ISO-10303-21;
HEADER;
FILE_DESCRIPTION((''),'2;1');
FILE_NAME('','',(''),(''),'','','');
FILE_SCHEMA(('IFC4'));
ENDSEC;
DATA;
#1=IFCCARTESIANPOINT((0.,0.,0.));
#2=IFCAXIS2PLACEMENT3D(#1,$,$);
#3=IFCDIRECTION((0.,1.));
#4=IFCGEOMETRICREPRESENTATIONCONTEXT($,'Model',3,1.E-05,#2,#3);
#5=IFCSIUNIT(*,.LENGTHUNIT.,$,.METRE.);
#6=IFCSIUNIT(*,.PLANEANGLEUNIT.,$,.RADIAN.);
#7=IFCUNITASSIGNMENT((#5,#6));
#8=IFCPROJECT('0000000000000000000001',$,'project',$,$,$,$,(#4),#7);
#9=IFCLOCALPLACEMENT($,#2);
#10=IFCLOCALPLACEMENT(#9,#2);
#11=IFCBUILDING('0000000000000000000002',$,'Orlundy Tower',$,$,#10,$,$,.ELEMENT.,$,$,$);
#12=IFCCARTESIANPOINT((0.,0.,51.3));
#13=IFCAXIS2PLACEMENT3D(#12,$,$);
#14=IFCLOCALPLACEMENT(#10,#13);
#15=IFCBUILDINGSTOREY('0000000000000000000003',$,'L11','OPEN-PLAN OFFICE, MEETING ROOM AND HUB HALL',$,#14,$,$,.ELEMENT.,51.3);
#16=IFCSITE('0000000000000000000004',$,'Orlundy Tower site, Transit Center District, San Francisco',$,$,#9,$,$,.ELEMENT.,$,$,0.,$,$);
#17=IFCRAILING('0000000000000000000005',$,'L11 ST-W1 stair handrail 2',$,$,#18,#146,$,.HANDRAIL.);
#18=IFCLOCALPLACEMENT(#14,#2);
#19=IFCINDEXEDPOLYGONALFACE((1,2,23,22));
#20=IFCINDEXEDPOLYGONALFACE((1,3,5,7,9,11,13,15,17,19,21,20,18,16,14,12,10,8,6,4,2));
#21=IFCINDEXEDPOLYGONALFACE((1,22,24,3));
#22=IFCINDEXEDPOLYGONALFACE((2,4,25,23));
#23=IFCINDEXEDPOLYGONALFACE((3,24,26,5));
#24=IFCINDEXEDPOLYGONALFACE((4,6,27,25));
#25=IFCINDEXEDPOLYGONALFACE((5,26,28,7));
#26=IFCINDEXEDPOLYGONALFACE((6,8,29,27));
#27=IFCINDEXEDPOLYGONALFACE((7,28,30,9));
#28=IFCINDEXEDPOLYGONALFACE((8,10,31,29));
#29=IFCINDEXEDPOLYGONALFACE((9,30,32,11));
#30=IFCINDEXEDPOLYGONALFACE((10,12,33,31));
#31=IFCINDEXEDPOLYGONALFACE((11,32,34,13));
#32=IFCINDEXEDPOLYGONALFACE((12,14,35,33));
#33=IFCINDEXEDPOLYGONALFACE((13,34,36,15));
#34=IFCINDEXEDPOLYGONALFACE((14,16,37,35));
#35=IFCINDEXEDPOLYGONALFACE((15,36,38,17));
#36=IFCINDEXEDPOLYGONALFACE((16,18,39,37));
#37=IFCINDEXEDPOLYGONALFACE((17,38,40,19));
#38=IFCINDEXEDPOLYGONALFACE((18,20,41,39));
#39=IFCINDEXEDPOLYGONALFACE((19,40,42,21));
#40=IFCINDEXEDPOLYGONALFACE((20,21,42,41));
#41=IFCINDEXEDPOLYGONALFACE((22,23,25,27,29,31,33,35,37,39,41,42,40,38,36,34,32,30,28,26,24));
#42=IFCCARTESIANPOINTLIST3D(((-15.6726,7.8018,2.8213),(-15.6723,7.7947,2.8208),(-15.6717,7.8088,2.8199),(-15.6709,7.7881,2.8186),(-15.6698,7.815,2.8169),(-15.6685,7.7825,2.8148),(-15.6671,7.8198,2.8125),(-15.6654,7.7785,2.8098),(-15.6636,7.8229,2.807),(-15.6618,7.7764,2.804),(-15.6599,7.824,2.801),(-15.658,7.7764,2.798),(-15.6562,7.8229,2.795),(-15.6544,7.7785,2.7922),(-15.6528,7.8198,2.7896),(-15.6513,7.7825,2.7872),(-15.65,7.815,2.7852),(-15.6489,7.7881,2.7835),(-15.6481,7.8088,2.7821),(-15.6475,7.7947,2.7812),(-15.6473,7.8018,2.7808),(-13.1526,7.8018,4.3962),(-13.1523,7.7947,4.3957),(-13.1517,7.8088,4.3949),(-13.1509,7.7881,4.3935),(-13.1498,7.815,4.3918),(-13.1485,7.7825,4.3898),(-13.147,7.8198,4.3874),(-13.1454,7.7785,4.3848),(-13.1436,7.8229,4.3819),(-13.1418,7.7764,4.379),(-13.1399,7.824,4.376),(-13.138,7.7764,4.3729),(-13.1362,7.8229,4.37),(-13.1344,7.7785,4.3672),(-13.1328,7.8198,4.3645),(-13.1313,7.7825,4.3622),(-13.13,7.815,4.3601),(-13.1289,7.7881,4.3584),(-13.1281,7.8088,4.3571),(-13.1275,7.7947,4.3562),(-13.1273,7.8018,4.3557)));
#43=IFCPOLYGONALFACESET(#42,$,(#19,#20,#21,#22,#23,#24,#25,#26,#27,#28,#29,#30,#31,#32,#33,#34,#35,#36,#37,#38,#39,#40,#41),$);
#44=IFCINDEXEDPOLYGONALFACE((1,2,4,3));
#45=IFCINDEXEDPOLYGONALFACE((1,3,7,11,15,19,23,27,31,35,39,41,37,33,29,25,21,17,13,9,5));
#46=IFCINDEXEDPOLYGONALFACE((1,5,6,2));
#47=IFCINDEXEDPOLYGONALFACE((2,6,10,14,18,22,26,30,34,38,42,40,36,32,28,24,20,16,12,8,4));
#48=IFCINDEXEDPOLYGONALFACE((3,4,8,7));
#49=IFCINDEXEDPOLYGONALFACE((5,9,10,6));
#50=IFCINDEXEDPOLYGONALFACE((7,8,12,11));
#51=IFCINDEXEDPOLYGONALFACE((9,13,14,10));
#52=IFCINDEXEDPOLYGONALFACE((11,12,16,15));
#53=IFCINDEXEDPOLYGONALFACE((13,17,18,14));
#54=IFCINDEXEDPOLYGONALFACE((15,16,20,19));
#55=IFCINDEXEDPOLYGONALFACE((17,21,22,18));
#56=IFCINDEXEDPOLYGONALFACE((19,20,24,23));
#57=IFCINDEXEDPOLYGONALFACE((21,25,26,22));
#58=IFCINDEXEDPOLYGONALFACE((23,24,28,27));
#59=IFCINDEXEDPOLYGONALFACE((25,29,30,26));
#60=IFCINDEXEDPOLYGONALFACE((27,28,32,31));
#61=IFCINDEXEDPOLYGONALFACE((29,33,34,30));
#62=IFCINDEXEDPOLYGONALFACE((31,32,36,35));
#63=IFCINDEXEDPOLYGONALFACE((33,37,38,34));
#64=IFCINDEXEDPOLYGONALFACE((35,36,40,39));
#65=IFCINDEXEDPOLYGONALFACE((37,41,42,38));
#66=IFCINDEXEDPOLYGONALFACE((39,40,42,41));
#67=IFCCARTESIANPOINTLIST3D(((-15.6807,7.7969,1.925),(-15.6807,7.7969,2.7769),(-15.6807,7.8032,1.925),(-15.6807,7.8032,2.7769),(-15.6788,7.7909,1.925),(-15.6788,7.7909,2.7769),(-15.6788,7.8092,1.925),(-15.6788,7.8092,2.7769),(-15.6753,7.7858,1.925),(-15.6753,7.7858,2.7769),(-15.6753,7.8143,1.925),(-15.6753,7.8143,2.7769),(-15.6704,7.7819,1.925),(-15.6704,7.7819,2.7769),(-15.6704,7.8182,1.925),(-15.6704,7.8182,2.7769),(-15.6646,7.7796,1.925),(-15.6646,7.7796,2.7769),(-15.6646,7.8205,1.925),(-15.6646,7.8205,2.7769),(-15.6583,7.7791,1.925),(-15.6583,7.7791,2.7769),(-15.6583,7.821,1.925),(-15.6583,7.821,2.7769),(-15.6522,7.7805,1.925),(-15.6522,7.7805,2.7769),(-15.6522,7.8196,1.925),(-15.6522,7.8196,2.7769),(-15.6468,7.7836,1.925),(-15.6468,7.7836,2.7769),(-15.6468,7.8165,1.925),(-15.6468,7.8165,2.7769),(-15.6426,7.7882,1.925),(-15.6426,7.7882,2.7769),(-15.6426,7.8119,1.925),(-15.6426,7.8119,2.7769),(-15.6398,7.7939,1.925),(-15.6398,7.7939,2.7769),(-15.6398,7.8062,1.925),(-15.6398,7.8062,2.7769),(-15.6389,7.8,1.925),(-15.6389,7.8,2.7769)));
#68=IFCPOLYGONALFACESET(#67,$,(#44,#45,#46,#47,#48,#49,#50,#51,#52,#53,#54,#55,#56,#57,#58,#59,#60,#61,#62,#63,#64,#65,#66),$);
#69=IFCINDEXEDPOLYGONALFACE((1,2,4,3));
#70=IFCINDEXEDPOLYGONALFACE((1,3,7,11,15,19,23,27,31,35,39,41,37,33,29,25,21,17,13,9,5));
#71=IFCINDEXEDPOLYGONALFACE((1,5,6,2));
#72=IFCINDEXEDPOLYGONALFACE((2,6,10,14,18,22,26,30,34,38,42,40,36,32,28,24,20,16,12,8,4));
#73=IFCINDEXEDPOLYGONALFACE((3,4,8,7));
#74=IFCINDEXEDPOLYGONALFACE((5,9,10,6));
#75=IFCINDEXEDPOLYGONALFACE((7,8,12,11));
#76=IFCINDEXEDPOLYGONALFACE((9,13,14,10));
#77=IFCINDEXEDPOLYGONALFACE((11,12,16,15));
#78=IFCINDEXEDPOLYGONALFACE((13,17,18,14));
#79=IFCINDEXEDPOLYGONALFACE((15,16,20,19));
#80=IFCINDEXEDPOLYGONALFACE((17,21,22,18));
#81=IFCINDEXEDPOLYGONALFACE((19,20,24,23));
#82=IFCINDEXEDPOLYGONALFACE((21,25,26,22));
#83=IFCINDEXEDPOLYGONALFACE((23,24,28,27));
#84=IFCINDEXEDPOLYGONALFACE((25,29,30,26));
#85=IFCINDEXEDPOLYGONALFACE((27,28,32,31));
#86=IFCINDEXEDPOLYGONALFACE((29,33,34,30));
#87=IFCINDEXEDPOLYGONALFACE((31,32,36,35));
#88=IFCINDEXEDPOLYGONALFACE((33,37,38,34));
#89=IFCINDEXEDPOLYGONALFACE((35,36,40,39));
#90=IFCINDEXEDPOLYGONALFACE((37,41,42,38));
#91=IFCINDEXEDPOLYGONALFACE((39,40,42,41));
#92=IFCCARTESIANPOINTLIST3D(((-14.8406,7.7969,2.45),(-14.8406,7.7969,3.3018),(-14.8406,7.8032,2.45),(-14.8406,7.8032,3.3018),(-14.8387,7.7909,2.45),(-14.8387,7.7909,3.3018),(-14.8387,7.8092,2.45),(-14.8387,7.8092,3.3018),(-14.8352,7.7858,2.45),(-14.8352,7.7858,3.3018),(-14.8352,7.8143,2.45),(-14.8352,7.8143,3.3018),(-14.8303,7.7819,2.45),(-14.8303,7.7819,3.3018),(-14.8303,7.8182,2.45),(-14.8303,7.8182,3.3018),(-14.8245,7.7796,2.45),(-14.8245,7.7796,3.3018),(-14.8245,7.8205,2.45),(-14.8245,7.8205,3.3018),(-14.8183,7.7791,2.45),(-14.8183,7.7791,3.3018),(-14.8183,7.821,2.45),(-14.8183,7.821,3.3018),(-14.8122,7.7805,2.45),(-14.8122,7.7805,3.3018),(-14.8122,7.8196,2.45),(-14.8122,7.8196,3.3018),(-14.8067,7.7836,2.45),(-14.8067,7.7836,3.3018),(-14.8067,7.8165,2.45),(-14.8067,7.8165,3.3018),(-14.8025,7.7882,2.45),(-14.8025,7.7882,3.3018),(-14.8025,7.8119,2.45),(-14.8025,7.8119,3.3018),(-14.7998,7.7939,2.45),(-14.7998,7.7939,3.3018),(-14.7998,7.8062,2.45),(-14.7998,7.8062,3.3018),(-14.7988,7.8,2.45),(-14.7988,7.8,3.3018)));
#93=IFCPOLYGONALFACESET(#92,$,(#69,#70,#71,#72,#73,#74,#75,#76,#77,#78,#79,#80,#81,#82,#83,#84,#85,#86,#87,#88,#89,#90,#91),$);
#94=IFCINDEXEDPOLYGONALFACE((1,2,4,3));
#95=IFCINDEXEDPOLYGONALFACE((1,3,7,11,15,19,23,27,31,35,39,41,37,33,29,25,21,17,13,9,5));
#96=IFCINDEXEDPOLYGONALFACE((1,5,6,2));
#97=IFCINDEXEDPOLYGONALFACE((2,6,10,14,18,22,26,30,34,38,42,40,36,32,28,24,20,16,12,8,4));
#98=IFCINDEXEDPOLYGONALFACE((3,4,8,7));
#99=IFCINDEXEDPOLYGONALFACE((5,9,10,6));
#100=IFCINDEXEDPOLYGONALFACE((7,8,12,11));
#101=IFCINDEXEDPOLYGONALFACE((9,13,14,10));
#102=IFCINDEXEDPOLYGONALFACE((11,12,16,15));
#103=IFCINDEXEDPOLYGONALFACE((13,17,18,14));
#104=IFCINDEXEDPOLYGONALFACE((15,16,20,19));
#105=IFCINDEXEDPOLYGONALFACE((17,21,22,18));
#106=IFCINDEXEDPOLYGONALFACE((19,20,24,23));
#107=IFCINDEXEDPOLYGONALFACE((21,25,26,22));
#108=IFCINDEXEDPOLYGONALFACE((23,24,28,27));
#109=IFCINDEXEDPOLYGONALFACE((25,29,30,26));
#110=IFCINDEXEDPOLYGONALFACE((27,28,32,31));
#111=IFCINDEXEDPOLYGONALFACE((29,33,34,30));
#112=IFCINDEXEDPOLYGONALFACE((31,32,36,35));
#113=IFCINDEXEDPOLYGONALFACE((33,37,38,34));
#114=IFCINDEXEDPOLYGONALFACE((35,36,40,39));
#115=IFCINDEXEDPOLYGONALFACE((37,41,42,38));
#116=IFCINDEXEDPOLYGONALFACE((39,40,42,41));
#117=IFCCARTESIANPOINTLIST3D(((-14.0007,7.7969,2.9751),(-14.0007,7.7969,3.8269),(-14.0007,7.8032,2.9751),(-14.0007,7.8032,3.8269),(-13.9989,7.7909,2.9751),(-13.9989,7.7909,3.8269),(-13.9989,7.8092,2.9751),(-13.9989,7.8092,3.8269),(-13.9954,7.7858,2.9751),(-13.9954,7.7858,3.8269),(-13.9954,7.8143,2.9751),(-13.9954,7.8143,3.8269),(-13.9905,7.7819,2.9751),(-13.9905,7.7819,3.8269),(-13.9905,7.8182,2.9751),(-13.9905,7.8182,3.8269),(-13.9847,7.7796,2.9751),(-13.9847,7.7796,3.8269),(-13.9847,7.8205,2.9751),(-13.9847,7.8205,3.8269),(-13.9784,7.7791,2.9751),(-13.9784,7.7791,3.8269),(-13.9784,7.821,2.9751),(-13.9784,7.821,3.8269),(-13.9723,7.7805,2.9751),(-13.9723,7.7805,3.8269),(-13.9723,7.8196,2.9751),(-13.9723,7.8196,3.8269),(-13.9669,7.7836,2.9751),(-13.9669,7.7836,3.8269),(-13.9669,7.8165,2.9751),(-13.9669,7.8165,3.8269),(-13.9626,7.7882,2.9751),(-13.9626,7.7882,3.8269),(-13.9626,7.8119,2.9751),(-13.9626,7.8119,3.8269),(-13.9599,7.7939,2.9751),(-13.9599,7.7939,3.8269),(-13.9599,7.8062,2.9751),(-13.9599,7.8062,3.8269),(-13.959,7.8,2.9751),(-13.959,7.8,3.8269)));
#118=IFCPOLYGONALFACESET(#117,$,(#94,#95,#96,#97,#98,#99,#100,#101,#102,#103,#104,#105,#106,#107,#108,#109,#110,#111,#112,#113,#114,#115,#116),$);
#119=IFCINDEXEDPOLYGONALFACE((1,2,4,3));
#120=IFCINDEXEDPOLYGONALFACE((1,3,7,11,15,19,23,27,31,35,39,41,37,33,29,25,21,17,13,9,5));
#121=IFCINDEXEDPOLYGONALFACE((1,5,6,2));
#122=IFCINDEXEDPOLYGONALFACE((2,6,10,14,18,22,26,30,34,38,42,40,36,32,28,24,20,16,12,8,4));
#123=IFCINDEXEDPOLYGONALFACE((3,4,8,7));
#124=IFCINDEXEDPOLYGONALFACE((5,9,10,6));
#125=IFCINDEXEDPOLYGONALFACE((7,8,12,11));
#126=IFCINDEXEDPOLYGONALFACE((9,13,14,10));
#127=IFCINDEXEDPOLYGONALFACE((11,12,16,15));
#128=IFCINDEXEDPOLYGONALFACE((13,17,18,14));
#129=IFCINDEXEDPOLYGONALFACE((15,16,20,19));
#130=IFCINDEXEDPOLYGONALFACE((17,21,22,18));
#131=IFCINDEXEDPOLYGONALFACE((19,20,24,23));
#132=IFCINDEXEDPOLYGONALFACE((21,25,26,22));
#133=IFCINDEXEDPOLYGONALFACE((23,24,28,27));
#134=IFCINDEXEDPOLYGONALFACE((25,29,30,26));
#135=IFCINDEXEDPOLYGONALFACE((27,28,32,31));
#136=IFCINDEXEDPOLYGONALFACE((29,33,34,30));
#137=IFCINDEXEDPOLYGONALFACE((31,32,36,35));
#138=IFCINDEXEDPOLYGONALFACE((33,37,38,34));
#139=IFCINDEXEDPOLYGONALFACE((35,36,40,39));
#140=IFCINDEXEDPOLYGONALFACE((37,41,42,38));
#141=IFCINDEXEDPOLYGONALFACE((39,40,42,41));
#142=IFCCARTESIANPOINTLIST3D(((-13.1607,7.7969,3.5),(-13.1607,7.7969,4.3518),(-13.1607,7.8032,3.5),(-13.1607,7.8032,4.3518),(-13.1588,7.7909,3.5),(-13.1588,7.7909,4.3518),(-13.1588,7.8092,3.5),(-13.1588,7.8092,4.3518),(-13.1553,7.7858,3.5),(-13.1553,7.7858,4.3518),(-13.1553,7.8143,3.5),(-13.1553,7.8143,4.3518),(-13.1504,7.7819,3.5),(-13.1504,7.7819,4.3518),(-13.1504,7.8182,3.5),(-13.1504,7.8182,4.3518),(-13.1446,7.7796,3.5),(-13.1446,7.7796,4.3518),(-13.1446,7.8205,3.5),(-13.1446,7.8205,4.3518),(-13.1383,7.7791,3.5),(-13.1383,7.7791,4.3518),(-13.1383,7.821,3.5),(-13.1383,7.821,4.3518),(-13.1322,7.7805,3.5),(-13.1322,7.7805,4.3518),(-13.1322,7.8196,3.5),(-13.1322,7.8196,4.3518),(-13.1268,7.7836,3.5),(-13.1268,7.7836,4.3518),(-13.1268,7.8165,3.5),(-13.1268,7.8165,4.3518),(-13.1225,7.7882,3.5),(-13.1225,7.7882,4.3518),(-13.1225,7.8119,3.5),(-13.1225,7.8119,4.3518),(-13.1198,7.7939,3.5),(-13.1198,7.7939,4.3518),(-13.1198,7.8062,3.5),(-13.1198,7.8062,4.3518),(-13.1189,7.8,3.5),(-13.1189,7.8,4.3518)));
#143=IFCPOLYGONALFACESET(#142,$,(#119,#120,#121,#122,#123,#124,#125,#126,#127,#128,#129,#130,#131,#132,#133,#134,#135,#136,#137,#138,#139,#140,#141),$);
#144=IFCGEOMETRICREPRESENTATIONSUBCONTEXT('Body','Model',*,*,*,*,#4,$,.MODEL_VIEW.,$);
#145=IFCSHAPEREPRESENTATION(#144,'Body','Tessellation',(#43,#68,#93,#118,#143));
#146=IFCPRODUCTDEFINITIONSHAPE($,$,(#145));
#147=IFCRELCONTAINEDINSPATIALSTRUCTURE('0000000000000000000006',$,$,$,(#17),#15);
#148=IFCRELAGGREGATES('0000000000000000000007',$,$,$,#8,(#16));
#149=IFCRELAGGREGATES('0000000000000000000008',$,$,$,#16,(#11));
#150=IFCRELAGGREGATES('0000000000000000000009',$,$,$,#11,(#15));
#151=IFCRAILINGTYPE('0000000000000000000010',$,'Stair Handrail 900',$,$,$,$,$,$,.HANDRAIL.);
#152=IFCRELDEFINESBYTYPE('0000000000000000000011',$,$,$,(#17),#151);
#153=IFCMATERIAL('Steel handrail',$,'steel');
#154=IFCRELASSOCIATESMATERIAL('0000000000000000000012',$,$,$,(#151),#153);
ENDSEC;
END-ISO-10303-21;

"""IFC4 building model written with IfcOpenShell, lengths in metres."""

from ifc_helpers import new_model, si_unit, direction, frame, origin, origin_2d, place, context, subcontext, project, spatial, circle, extrude, material, type_object, element, save


model = new_model("IFC4")

# Units and contexts
model_context = context("Model", 3, precision=1e-05, world=origin(), true_north=direction((0.0, 1.0)))
body_context = subcontext(model_context, "Body", "Model", "MODEL_VIEW")
ifc_project = project(units=[si_unit("LENGTHUNIT", "METRE"), si_unit("PLANEANGLEUNIT", "RADIAN")], contexts=[model_context])

# Site, building, storey
site_placement = place(None, origin())
site = spatial("IfcSite", under=ifc_project, at=site_placement, Name="Orlundy Tower site, Transit Center District, San Francisco", CompositionType="ELEMENT", RefElevation=0.0)
building_placement = place(site_placement, origin())
building = spatial("IfcBuilding", under=site, at=building_placement, Name="Orlundy Tower", CompositionType="ELEMENT")
storey_placement = place(building_placement, frame((0.0, 0.0, 51.3)))
storey = spatial("IfcBuildingStorey", under=building, at=storey_placement, Name="L11", Description="OPEN-PLAN OFFICE, MEETING ROOM AND HUB HALL", CompositionType="ELEMENT", Elevation=51.3)

# Railing
ifc_material_1 = material(Name="Steel handrail", Category="steel")
railing_type = type_object("IfcRailingType", Name="Stair Handrail 900", PredefinedType="HANDRAIL", material=ifc_material_1)
railing_placement = place(storey_placement, frame((-15.6599, 7.8, 1.925)))
element("IfcRailing", 1, at=railing_placement, inside=storey, type_object=railing_type, Name="L11 ST-W1 stair handrail 2", PredefinedType="HANDRAIL", context=body_context, shape_type="SweptSolid", body=[
    extrude(circle(Radius=0.0239, at=origin_2d()), frame((0.0, 0.0, 0.876), z_axis=(0.848008, 0.0, 0.529984), x_axis=(0.0, 1.0, 0.0)), (0.0, 0.0, 1.0), 2.9717),
    extrude(circle(Radius=0.021, at=origin_2d()), origin(), (0.0, 0.0, 1.0), 0.8518),
    extrude(circle(Radius=0.021, at=origin_2d()), frame((0.8401, 0.0, 0.5249)), (0.0, 0.0, 1.0), 0.8518),
    extrude(circle(Radius=0.021, at=origin_2d()), frame((1.6799, 0.0, 1.05)), (0.0, 0.0, 1.0), 0.8518),
    extrude(circle(Radius=0.021, at=origin_2d()), frame((2.52, 0.0, 1.575)), (0.0, 0.0, 1.0), 0.8518),
])

save(model, "model.ifc")
